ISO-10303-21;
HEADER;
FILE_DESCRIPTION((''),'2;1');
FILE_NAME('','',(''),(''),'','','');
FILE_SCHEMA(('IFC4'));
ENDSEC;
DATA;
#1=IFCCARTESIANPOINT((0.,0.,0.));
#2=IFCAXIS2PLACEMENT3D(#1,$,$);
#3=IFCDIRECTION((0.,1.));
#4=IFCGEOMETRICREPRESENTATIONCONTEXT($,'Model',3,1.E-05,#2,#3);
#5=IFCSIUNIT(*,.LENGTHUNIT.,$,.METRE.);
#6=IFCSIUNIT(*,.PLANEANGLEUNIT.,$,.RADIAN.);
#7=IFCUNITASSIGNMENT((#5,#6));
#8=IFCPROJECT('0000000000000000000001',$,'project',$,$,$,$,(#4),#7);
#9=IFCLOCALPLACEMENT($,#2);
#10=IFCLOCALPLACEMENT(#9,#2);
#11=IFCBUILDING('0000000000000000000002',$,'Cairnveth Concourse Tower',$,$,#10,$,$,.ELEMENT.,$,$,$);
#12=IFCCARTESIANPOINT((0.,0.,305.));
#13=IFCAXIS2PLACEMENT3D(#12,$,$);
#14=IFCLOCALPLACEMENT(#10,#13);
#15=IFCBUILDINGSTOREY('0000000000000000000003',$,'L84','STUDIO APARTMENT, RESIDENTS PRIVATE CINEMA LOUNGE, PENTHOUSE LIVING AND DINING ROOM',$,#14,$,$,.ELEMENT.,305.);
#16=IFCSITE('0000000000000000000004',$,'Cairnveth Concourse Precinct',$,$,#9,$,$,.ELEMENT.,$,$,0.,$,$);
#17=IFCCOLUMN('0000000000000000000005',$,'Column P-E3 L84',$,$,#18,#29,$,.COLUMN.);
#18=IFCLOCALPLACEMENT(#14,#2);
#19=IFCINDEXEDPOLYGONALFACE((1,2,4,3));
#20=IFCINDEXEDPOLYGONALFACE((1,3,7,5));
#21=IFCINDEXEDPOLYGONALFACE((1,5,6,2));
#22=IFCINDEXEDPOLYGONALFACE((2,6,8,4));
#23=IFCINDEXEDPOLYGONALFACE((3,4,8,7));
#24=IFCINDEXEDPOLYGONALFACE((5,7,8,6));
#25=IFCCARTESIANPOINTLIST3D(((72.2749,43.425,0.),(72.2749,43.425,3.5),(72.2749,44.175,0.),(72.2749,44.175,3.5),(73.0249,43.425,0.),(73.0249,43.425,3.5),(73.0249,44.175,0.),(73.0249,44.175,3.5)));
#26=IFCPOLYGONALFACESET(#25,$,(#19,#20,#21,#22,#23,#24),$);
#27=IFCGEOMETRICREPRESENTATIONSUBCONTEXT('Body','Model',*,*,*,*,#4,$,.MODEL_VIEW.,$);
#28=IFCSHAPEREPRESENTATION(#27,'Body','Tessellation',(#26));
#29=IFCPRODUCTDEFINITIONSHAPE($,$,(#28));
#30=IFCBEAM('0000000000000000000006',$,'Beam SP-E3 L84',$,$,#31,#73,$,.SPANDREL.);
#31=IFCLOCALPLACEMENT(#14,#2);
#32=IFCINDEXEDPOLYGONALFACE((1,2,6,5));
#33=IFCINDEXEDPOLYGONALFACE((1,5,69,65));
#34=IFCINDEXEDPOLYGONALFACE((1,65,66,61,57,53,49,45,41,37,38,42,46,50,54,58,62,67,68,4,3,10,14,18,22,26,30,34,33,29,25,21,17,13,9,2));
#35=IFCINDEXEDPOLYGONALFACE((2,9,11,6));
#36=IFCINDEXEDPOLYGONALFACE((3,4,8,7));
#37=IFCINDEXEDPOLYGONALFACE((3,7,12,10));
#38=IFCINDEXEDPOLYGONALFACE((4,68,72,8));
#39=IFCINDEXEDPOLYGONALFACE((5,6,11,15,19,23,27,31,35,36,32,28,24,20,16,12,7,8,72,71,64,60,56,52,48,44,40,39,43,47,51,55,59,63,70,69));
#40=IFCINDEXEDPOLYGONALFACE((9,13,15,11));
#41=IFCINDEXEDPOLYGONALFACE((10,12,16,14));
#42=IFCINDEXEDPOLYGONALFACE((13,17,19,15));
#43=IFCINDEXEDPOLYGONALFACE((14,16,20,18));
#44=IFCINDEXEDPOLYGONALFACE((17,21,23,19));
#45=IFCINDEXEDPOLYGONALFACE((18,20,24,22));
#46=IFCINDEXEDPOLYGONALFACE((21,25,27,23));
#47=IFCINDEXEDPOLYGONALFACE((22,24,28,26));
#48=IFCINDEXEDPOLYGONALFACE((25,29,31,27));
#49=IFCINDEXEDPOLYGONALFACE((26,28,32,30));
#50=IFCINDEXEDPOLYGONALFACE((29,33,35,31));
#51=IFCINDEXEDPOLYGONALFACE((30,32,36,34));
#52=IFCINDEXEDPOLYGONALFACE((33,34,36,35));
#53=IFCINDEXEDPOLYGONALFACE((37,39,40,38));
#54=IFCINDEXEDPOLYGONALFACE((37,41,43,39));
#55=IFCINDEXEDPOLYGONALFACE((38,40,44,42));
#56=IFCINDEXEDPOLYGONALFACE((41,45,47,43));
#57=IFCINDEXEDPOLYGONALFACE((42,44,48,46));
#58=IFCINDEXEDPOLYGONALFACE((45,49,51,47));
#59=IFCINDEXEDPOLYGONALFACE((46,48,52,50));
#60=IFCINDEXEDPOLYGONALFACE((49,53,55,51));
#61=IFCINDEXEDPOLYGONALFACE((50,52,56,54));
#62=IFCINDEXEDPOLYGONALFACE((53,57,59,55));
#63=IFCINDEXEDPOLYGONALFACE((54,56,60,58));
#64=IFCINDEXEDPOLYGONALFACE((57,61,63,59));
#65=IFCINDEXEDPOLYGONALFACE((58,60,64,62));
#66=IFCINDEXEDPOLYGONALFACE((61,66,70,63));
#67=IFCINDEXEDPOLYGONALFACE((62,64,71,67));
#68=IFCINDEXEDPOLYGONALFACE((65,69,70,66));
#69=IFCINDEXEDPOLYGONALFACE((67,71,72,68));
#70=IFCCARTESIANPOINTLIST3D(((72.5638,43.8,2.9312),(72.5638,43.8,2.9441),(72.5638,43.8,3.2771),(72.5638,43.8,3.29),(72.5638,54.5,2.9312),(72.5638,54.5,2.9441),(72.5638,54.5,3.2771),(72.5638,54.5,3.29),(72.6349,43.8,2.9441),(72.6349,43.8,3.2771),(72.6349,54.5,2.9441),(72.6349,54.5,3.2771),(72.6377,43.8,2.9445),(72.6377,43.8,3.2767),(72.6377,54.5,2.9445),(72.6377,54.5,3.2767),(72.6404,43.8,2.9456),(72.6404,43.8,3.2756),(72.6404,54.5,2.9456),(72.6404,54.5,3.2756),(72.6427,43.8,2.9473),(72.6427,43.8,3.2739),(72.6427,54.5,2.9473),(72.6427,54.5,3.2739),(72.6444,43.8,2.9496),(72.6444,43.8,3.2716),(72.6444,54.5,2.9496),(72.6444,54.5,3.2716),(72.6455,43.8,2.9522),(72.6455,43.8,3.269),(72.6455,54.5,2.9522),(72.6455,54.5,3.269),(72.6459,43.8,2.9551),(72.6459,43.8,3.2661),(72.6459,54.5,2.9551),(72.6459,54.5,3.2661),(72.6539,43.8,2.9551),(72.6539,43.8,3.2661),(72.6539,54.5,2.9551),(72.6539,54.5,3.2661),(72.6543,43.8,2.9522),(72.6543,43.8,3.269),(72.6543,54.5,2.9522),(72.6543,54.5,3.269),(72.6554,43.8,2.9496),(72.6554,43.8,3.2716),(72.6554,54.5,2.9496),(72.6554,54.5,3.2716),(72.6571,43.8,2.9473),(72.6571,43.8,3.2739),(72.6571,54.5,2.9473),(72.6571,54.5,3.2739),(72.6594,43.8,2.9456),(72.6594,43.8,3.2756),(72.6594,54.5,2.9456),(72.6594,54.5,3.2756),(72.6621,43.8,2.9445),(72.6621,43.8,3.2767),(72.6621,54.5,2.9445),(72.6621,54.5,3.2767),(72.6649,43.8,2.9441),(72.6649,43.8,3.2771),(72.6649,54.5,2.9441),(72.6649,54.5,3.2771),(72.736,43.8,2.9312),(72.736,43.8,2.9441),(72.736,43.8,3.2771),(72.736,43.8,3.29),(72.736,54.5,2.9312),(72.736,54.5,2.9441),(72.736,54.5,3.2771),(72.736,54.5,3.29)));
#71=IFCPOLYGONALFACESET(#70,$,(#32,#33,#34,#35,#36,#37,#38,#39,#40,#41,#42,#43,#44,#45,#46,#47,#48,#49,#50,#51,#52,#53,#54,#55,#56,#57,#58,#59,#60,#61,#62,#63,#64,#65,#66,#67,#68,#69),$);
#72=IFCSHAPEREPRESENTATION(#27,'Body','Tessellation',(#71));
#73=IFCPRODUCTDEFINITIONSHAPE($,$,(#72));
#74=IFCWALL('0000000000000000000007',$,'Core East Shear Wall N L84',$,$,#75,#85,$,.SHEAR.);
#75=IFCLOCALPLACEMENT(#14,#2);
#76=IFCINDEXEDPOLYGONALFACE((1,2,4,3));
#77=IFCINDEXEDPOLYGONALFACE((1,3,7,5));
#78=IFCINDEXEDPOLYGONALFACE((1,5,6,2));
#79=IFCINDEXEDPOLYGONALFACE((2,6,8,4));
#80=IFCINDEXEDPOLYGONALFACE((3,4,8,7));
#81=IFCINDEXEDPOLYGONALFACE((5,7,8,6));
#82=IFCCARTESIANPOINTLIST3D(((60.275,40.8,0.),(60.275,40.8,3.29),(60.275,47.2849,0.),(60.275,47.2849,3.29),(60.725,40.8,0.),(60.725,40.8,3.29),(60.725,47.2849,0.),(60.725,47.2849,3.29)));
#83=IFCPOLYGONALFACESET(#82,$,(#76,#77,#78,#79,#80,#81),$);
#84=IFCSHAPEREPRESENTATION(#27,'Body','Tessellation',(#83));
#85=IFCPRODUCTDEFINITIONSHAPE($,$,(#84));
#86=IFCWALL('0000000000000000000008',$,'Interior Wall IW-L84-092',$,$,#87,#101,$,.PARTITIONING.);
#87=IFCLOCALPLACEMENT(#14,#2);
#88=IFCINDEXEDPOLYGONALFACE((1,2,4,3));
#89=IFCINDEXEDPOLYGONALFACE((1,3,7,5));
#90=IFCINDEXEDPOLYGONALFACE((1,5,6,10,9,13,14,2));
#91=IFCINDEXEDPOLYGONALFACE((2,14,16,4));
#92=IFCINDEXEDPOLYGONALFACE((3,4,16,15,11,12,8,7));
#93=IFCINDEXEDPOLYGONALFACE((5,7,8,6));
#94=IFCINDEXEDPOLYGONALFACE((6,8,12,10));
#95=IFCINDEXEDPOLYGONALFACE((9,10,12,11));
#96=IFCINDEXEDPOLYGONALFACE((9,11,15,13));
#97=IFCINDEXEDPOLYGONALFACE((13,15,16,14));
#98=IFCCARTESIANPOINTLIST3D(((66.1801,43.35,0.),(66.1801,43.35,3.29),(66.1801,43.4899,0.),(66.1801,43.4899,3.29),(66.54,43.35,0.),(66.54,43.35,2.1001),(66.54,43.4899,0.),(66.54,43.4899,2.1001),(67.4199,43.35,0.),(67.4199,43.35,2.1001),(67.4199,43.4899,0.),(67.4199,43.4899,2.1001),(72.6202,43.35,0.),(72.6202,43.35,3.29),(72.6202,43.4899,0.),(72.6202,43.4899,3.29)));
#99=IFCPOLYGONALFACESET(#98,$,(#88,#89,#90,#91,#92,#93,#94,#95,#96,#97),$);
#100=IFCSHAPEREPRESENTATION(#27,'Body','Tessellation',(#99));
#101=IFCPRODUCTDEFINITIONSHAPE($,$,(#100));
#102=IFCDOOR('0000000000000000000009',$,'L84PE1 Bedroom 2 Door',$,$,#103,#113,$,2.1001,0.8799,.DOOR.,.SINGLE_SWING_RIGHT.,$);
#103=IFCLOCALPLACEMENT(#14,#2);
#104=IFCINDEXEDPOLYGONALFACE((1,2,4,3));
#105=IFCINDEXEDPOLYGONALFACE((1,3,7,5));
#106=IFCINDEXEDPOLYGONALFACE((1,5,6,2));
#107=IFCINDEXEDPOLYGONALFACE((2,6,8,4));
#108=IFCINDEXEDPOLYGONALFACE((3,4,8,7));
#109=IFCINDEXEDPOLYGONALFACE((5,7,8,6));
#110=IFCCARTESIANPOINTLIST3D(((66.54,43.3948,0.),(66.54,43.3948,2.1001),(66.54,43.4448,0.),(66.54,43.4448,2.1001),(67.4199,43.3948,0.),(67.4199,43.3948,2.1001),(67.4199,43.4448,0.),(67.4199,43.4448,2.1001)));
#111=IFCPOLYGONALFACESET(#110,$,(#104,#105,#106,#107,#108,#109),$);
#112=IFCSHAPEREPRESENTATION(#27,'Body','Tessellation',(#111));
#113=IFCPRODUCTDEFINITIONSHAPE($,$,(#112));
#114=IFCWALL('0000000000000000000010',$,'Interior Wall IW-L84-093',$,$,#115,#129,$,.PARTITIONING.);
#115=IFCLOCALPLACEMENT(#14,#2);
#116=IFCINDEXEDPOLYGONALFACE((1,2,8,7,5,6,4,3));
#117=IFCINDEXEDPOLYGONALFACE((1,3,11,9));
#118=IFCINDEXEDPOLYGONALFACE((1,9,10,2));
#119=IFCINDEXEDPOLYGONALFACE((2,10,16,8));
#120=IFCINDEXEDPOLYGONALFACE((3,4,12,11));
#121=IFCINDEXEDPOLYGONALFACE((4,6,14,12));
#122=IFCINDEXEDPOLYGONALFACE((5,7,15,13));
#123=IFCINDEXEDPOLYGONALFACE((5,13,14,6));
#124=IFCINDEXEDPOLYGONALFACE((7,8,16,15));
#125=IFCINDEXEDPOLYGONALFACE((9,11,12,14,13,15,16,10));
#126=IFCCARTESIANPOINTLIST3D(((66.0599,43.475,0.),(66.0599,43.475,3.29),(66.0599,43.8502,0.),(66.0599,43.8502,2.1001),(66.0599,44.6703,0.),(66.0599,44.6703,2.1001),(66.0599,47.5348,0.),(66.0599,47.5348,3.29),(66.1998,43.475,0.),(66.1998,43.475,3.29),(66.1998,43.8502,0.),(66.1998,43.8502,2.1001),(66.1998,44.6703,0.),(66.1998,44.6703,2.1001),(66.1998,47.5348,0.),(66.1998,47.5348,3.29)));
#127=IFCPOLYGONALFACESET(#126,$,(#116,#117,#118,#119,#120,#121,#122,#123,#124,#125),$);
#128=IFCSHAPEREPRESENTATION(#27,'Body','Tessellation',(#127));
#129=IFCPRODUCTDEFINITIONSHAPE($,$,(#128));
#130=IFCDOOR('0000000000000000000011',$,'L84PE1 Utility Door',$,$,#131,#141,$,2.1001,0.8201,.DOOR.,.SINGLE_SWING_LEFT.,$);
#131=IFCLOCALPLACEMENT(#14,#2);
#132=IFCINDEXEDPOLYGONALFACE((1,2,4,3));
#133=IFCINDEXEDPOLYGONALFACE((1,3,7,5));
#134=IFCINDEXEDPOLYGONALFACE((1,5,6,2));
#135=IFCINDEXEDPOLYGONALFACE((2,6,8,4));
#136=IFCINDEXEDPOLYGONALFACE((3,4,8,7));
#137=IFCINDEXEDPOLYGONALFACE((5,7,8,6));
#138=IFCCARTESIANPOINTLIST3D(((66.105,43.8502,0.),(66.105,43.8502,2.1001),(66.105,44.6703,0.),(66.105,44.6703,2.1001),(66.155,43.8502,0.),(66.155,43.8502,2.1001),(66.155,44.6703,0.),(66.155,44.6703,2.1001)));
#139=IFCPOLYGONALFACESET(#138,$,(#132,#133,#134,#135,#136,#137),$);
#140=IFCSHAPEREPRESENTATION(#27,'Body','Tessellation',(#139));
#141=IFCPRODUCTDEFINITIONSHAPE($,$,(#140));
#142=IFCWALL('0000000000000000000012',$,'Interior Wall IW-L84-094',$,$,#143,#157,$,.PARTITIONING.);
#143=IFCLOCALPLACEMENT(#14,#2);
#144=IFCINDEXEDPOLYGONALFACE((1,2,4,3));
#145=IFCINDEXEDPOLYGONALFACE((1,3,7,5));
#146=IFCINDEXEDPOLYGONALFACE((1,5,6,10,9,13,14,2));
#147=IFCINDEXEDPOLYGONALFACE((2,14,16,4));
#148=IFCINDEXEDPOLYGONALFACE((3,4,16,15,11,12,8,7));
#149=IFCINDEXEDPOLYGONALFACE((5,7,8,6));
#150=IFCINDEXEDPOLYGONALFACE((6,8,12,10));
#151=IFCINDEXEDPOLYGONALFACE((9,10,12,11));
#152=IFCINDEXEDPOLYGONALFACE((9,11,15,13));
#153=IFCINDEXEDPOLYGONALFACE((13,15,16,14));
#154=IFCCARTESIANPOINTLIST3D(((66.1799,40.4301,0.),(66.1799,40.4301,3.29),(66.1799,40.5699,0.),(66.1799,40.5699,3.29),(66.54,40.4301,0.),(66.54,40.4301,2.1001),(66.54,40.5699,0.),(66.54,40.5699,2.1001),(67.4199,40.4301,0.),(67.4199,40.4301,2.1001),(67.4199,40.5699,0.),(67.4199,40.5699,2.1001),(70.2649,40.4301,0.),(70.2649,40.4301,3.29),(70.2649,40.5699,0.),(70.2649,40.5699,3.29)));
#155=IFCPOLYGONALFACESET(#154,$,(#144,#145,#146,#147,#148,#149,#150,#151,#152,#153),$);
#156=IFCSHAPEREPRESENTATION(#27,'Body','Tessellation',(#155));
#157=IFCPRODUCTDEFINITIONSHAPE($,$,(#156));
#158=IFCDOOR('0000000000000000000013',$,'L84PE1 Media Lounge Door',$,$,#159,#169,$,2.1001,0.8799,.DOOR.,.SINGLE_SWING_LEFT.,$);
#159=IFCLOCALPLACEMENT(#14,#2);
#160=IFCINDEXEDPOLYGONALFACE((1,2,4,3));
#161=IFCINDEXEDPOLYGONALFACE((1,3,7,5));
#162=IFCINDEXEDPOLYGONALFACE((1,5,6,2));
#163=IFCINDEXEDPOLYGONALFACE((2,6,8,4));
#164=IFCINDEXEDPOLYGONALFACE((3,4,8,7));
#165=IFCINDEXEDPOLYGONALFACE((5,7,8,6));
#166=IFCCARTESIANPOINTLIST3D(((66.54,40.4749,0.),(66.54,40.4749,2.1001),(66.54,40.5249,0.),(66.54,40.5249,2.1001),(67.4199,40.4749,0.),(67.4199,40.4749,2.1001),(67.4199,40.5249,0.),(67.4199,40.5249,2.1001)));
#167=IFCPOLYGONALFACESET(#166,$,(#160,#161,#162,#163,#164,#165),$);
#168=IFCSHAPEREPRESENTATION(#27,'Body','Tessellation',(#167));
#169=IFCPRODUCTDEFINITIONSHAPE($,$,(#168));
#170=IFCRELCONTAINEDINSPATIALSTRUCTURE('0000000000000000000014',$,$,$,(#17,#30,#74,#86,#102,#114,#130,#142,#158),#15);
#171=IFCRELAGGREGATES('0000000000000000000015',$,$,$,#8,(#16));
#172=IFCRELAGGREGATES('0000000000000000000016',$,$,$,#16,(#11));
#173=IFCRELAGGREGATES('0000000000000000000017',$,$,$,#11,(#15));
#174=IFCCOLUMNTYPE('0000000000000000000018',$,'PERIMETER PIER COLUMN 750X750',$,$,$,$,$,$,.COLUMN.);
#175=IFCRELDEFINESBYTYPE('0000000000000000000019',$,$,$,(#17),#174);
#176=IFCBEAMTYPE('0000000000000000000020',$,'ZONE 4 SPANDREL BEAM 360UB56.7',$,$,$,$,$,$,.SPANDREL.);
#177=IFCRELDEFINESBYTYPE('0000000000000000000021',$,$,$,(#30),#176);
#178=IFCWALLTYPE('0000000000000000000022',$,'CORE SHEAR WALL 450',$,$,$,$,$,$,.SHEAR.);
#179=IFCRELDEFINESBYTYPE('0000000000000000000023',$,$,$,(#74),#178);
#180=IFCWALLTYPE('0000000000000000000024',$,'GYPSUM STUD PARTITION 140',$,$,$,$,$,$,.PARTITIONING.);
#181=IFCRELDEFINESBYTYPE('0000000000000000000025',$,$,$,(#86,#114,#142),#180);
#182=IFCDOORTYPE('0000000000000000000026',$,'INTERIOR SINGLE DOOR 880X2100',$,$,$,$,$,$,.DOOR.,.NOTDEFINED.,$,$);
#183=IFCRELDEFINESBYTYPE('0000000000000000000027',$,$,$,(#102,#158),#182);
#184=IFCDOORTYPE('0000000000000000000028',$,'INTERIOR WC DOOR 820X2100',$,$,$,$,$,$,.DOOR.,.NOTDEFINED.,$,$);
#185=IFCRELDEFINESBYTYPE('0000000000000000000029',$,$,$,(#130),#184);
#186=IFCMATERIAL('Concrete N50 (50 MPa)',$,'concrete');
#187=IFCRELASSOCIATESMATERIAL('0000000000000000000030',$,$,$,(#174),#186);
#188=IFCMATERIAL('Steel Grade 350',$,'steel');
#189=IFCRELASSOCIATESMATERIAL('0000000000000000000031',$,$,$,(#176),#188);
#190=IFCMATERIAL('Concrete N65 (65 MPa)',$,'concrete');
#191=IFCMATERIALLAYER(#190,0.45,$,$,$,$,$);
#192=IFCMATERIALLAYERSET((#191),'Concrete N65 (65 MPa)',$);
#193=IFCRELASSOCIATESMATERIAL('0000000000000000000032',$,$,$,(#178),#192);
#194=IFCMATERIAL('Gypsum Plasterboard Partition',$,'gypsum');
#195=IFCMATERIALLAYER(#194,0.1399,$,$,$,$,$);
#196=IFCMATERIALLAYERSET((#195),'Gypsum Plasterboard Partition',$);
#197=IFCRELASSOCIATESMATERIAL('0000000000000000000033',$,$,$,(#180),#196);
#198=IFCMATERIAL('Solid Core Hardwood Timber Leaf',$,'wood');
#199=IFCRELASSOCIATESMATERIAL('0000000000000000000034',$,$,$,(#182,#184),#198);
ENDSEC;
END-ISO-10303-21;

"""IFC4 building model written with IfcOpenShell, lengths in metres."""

from ifc_helpers import new_model, si_unit, direction, frame, frame_2d, origin, origin_2d, place, context, subcontext, project, spatial, rectangle, i_section, extrude, material, layer, layer_set, material_profile, profile_set, type_object, element, fill, save


model = new_model("IFC4")

# Units and contexts
model_context = context("Model", 3, precision=1e-05, world=origin(), true_north=direction((0.0, 1.0)))
body_context = subcontext(model_context, "Body", "Model", "MODEL_VIEW")
ifc_project = project(units=[si_unit("LENGTHUNIT", "METRE"), si_unit("PLANEANGLEUNIT", "RADIAN")], contexts=[model_context])

# Site, building, storey
site_placement = place(None, origin())
site = spatial("IfcSite", under=ifc_project, at=site_placement, Name="Cairnveth Concourse Precinct", CompositionType="ELEMENT", RefElevation=0.0)
building_placement = place(site_placement, origin())
building = spatial("IfcBuilding", under=site, at=building_placement, Name="Cairnveth Concourse Tower", CompositionType="ELEMENT")
storey_placement = place(building_placement, frame((0.0, 0.0, 305.0)))
storey = spatial("IfcBuildingStorey", under=building, at=storey_placement, Name="L84", Description="STUDIO APARTMENT, RESIDENTS PRIVATE CINEMA LOUNGE, PENTHOUSE LIVING AND DINING ROOM", CompositionType="ELEMENT", Elevation=305.0)

# Column
ifc_material_1 = material(Name="Concrete N50 (50 MPa)", Category="concrete")
ifc_material_profile_1 = material_profile(ifc_material_1, rectangle(XDim=0.75, YDim=0.75, at=origin_2d()), Name="RC-COL-750x750")
ifc_profile_set_1 = profile_set([ifc_material_profile_1], Name="Concrete N50 (50 MPa)")
column_type = type_object("IfcColumnType", Name="PERIMETER PIER COLUMN 750X750", PredefinedType="COLUMN", material=ifc_profile_set_1)
column_placement = place(storey_placement, frame((72.6499, 43.8, 0.0), z_axis=(0.0, 0.0, 1.0), x_axis=(0.0, 1.0, 0.0)))
element("IfcColumn", 1, at=column_placement, inside=storey, type_object=column_type, Name="Column P-E3 L84", PredefinedType="COLUMN", context=body_context, shape_type="SweptSolid", body=[
    extrude(rectangle(XDim=0.75, YDim=0.75, at=origin_2d()), origin(), (0.0, 0.0, 1.0), 3.5),
])

# Beam
ifc_material_2 = material(Name="Steel Grade 350", Category="steel")
ifc_material_profile_2 = material_profile(ifc_material_2, i_section(OverallWidth=0.1721, OverallDepth=0.3589, WebThickness=0.0081, FlangeThickness=0.0129, FilletRadius=0.011, at=origin_2d()), Name="360UB56.7")
ifc_profile_set_2 = profile_set([ifc_material_profile_2], Name="Steel Grade 350")
beam_type = type_object("IfcBeamType", Name="ZONE 4 SPANDREL BEAM 360UB56.7", PredefinedType="SPANDREL", material=ifc_profile_set_2)
beam_placement = place(storey_placement, frame((72.6499, 43.8, 3.1106), z_axis=(0.0, 1.0, 0.0), x_axis=(-1.0, 0.0, 0.0)))
element("IfcBeam", 2, at=beam_placement, inside=storey, type_object=beam_type, Name="Beam SP-E3 L84", PredefinedType="SPANDREL", context=body_context, shape_type="SweptSolid", body=[
    extrude(i_section(OverallWidth=0.1721, OverallDepth=0.3589, WebThickness=0.0081, FlangeThickness=0.0129, FilletRadius=0.011, at=origin_2d()), origin(), (0.0, 0.0, 1.0), 10.7),
])

# Wall
ifc_material_3 = material(Name="Concrete N65 (65 MPa)", Category="concrete")
ifc_layer_1 = layer(ifc_material_3, 0.45)
ifc_layer_set_1 = layer_set([ifc_layer_1], Name="Concrete N65 (65 MPa)")
wall_type_1 = type_object("IfcWallType", Name="CORE SHEAR WALL 450", PredefinedType="SHEAR", material=ifc_layer_set_1)
wall_1_placement = place(storey_placement, frame((60.5, 40.8, 0.0), z_axis=(0.0, 0.0, 1.0), x_axis=(0.0, 1.0, 0.0)))
element("IfcWall", 3, at=wall_1_placement, inside=storey, type_object=wall_type_1, Name="Core East Shear Wall N L84", PredefinedType="SHEAR", context=body_context, shape_type="SweptSolid", body=[
    extrude(rectangle(XDim=6.4849, YDim=0.45, at=frame_2d((3.2424, 0.0))), origin(), (0.0, 0.0, 1.0), 3.29),
])

# Walls, openings, doors
ifc_material_4 = material(Name="Gypsum Plasterboard Partition", Category="gypsum")
ifc_layer_2 = layer(ifc_material_4, 0.1399)
ifc_layer_set_2 = layer_set([ifc_layer_2], Name="Gypsum Plasterboard Partition")
wall_type_2 = type_object("IfcWallType", Name="GYPSUM STUD PARTITION 140", PredefinedType="PARTITIONING", material=ifc_layer_set_2)
wall_2_placement = place(storey_placement, frame((66.1799, 43.4199, 0.0), z_axis=(0.0, 0.0, 1.0), x_axis=(1.0, 0.0, 0.0)))
wall_2 = element("IfcWall", 4, at=wall_2_placement, inside=storey, type_object=wall_type_2, Name="Interior Wall IW-L84-092", PredefinedType="PARTITIONING", context=body_context, shape_type="SweptSolid", body=[
    extrude(rectangle(XDim=6.4402, YDim=0.1399, at=frame_2d((3.2202, 0.0))), origin(), (0.0, 0.0, 1.0), 3.29),
])
opening_1_placement = place(wall_2_placement, frame((0.3601, 0.0, 0.0)))
opening_1 = element("IfcOpeningElement", 5, at=opening_1_placement, cuts=wall_2, PredefinedType="OPENING", context=body_context, shape_type="SweptSolid", body=[
    extrude(rectangle(XDim=0.8799, YDim=2.1001, at=frame_2d((0.4399, 1.05))), frame((0.0, 0.0798, 0.0), z_axis=(0.0, -1.0, 0.0), x_axis=(1.0, 0.0, 0.0)), (0.0, 0.0, 1.0), 0.1599),
])
ifc_material_5 = material(Name="Solid Core Hardwood Timber Leaf", Category="wood")
door_type_1 = type_object("IfcDoorType", Name="INTERIOR SINGLE DOOR 880X2100", OperationType="NOTDEFINED", PredefinedType="DOOR", material=ifc_material_5)
door_1_placement = place(opening_1_placement, origin())
door_1 = element("IfcDoor", 6, at=door_1_placement, inside=storey, type_object=door_type_1, Name="L84PE1 Bedroom 2 Door", OperationType="SINGLE_SWING_RIGHT", OverallHeight=2.1001, OverallWidth=0.8799, PredefinedType="DOOR", context=body_context, shape_type="SweptSolid", body=[
    extrude(rectangle(XDim=0.8799, YDim=2.1001, at=frame_2d((0.4399, 1.05))), frame((0.0, 0.0249, 0.0), z_axis=(0.0, -1.0, 0.0), x_axis=(1.0, 0.0, 0.0)), (0.0, 0.0, 1.0), 0.05),
])
fill(opening_1, door_1)
wall_3_placement = place(storey_placement, frame((66.1299, 43.4751, 0.0), z_axis=(0.0, 0.0, 1.0), x_axis=(0.0, 1.0, 0.0)))
wall_3 = element("IfcWall", 7, at=wall_3_placement, inside=storey, type_object=wall_type_2, Name="Interior Wall IW-L84-093", PredefinedType="PARTITIONING", context=body_context, shape_type="SweptSolid", body=[
    extrude(rectangle(XDim=4.0598, YDim=0.1399, at=frame_2d((2.0298, 0.0))), origin(), (0.0, 0.0, 1.0), 3.29),
])
opening_2_placement = place(wall_3_placement, frame((0.375, 0.0, 0.0)))
opening_2 = element("IfcOpeningElement", 8, at=opening_2_placement, cuts=wall_3, PredefinedType="OPENING", context=body_context, shape_type="SweptSolid", body=[
    extrude(rectangle(XDim=0.8201, YDim=2.1001, at=frame_2d((0.4102, 1.05))), frame((0.0, 0.0798, 0.0), z_axis=(0.0, -1.0, 0.0), x_axis=(1.0, 0.0, 0.0)), (0.0, 0.0, 1.0), 0.1599),
])
door_type_2 = type_object("IfcDoorType", Name="INTERIOR WC DOOR 820X2100", OperationType="NOTDEFINED", PredefinedType="DOOR", material=ifc_material_5)
door_2_placement = place(opening_2_placement, origin())
door_2 = element("IfcDoor", 9, at=door_2_placement, inside=storey, type_object=door_type_2, Name="L84PE1 Utility Door", OperationType="SINGLE_SWING_LEFT", OverallHeight=2.1001, OverallWidth=0.8201, PredefinedType="DOOR", context=body_context, shape_type="SweptSolid", body=[
    extrude(rectangle(XDim=0.8201, YDim=2.1001, at=frame_2d((0.4102, 1.05))), frame((0.0, 0.0249, 0.0), z_axis=(0.0, -1.0, 0.0), x_axis=(1.0, 0.0, 0.0)), (0.0, 0.0, 1.0), 0.05),
])
fill(opening_2, door_2)
wall_4_placement = place(storey_placement, frame((66.1799, 40.5, 0.0), z_axis=(0.0, 0.0, 1.0), x_axis=(1.0, 0.0, 0.0)))
wall_4 = element("IfcWall", 10, at=wall_4_placement, inside=storey, type_object=wall_type_2, Name="Interior Wall IW-L84-094", PredefinedType="PARTITIONING", context=body_context, shape_type="SweptSolid", body=[
    extrude(rectangle(XDim=4.085, YDim=0.1399, at=frame_2d((2.0425, 0.0))), origin(), (0.0, 0.0, 1.0), 3.29),
])
opening_3_placement = place(wall_4_placement, frame((0.3601, 0.0, 0.0)))
opening_3 = element("IfcOpeningElement", 11, at=opening_3_placement, cuts=wall_4, PredefinedType="OPENING", context=body_context, shape_type="SweptSolid", body=[
    extrude(rectangle(XDim=0.8799, YDim=2.1001, at=frame_2d((0.4399, 1.05))), frame((0.0, 0.0798, 0.0), z_axis=(0.0, -1.0, 0.0), x_axis=(1.0, 0.0, 0.0)), (0.0, 0.0, 1.0), 0.1599),
])
door_3_placement = place(opening_3_placement, origin())
door_3 = element("IfcDoor", 12, at=door_3_placement, inside=storey, type_object=door_type_1, Name="L84PE1 Media Lounge Door", OperationType="SINGLE_SWING_LEFT", OverallHeight=2.1001, OverallWidth=0.8799, PredefinedType="DOOR", context=body_context, shape_type="SweptSolid", body=[
    extrude(rectangle(XDim=0.8799, YDim=2.1001, at=frame_2d((0.4399, 1.05))), frame((0.0, 0.0249, 0.0), z_axis=(0.0, -1.0, 0.0), x_axis=(1.0, 0.0, 0.0)), (0.0, 0.0, 1.0), 0.05),
])
fill(opening_3, door_3)

save(model, "model.ifc")
